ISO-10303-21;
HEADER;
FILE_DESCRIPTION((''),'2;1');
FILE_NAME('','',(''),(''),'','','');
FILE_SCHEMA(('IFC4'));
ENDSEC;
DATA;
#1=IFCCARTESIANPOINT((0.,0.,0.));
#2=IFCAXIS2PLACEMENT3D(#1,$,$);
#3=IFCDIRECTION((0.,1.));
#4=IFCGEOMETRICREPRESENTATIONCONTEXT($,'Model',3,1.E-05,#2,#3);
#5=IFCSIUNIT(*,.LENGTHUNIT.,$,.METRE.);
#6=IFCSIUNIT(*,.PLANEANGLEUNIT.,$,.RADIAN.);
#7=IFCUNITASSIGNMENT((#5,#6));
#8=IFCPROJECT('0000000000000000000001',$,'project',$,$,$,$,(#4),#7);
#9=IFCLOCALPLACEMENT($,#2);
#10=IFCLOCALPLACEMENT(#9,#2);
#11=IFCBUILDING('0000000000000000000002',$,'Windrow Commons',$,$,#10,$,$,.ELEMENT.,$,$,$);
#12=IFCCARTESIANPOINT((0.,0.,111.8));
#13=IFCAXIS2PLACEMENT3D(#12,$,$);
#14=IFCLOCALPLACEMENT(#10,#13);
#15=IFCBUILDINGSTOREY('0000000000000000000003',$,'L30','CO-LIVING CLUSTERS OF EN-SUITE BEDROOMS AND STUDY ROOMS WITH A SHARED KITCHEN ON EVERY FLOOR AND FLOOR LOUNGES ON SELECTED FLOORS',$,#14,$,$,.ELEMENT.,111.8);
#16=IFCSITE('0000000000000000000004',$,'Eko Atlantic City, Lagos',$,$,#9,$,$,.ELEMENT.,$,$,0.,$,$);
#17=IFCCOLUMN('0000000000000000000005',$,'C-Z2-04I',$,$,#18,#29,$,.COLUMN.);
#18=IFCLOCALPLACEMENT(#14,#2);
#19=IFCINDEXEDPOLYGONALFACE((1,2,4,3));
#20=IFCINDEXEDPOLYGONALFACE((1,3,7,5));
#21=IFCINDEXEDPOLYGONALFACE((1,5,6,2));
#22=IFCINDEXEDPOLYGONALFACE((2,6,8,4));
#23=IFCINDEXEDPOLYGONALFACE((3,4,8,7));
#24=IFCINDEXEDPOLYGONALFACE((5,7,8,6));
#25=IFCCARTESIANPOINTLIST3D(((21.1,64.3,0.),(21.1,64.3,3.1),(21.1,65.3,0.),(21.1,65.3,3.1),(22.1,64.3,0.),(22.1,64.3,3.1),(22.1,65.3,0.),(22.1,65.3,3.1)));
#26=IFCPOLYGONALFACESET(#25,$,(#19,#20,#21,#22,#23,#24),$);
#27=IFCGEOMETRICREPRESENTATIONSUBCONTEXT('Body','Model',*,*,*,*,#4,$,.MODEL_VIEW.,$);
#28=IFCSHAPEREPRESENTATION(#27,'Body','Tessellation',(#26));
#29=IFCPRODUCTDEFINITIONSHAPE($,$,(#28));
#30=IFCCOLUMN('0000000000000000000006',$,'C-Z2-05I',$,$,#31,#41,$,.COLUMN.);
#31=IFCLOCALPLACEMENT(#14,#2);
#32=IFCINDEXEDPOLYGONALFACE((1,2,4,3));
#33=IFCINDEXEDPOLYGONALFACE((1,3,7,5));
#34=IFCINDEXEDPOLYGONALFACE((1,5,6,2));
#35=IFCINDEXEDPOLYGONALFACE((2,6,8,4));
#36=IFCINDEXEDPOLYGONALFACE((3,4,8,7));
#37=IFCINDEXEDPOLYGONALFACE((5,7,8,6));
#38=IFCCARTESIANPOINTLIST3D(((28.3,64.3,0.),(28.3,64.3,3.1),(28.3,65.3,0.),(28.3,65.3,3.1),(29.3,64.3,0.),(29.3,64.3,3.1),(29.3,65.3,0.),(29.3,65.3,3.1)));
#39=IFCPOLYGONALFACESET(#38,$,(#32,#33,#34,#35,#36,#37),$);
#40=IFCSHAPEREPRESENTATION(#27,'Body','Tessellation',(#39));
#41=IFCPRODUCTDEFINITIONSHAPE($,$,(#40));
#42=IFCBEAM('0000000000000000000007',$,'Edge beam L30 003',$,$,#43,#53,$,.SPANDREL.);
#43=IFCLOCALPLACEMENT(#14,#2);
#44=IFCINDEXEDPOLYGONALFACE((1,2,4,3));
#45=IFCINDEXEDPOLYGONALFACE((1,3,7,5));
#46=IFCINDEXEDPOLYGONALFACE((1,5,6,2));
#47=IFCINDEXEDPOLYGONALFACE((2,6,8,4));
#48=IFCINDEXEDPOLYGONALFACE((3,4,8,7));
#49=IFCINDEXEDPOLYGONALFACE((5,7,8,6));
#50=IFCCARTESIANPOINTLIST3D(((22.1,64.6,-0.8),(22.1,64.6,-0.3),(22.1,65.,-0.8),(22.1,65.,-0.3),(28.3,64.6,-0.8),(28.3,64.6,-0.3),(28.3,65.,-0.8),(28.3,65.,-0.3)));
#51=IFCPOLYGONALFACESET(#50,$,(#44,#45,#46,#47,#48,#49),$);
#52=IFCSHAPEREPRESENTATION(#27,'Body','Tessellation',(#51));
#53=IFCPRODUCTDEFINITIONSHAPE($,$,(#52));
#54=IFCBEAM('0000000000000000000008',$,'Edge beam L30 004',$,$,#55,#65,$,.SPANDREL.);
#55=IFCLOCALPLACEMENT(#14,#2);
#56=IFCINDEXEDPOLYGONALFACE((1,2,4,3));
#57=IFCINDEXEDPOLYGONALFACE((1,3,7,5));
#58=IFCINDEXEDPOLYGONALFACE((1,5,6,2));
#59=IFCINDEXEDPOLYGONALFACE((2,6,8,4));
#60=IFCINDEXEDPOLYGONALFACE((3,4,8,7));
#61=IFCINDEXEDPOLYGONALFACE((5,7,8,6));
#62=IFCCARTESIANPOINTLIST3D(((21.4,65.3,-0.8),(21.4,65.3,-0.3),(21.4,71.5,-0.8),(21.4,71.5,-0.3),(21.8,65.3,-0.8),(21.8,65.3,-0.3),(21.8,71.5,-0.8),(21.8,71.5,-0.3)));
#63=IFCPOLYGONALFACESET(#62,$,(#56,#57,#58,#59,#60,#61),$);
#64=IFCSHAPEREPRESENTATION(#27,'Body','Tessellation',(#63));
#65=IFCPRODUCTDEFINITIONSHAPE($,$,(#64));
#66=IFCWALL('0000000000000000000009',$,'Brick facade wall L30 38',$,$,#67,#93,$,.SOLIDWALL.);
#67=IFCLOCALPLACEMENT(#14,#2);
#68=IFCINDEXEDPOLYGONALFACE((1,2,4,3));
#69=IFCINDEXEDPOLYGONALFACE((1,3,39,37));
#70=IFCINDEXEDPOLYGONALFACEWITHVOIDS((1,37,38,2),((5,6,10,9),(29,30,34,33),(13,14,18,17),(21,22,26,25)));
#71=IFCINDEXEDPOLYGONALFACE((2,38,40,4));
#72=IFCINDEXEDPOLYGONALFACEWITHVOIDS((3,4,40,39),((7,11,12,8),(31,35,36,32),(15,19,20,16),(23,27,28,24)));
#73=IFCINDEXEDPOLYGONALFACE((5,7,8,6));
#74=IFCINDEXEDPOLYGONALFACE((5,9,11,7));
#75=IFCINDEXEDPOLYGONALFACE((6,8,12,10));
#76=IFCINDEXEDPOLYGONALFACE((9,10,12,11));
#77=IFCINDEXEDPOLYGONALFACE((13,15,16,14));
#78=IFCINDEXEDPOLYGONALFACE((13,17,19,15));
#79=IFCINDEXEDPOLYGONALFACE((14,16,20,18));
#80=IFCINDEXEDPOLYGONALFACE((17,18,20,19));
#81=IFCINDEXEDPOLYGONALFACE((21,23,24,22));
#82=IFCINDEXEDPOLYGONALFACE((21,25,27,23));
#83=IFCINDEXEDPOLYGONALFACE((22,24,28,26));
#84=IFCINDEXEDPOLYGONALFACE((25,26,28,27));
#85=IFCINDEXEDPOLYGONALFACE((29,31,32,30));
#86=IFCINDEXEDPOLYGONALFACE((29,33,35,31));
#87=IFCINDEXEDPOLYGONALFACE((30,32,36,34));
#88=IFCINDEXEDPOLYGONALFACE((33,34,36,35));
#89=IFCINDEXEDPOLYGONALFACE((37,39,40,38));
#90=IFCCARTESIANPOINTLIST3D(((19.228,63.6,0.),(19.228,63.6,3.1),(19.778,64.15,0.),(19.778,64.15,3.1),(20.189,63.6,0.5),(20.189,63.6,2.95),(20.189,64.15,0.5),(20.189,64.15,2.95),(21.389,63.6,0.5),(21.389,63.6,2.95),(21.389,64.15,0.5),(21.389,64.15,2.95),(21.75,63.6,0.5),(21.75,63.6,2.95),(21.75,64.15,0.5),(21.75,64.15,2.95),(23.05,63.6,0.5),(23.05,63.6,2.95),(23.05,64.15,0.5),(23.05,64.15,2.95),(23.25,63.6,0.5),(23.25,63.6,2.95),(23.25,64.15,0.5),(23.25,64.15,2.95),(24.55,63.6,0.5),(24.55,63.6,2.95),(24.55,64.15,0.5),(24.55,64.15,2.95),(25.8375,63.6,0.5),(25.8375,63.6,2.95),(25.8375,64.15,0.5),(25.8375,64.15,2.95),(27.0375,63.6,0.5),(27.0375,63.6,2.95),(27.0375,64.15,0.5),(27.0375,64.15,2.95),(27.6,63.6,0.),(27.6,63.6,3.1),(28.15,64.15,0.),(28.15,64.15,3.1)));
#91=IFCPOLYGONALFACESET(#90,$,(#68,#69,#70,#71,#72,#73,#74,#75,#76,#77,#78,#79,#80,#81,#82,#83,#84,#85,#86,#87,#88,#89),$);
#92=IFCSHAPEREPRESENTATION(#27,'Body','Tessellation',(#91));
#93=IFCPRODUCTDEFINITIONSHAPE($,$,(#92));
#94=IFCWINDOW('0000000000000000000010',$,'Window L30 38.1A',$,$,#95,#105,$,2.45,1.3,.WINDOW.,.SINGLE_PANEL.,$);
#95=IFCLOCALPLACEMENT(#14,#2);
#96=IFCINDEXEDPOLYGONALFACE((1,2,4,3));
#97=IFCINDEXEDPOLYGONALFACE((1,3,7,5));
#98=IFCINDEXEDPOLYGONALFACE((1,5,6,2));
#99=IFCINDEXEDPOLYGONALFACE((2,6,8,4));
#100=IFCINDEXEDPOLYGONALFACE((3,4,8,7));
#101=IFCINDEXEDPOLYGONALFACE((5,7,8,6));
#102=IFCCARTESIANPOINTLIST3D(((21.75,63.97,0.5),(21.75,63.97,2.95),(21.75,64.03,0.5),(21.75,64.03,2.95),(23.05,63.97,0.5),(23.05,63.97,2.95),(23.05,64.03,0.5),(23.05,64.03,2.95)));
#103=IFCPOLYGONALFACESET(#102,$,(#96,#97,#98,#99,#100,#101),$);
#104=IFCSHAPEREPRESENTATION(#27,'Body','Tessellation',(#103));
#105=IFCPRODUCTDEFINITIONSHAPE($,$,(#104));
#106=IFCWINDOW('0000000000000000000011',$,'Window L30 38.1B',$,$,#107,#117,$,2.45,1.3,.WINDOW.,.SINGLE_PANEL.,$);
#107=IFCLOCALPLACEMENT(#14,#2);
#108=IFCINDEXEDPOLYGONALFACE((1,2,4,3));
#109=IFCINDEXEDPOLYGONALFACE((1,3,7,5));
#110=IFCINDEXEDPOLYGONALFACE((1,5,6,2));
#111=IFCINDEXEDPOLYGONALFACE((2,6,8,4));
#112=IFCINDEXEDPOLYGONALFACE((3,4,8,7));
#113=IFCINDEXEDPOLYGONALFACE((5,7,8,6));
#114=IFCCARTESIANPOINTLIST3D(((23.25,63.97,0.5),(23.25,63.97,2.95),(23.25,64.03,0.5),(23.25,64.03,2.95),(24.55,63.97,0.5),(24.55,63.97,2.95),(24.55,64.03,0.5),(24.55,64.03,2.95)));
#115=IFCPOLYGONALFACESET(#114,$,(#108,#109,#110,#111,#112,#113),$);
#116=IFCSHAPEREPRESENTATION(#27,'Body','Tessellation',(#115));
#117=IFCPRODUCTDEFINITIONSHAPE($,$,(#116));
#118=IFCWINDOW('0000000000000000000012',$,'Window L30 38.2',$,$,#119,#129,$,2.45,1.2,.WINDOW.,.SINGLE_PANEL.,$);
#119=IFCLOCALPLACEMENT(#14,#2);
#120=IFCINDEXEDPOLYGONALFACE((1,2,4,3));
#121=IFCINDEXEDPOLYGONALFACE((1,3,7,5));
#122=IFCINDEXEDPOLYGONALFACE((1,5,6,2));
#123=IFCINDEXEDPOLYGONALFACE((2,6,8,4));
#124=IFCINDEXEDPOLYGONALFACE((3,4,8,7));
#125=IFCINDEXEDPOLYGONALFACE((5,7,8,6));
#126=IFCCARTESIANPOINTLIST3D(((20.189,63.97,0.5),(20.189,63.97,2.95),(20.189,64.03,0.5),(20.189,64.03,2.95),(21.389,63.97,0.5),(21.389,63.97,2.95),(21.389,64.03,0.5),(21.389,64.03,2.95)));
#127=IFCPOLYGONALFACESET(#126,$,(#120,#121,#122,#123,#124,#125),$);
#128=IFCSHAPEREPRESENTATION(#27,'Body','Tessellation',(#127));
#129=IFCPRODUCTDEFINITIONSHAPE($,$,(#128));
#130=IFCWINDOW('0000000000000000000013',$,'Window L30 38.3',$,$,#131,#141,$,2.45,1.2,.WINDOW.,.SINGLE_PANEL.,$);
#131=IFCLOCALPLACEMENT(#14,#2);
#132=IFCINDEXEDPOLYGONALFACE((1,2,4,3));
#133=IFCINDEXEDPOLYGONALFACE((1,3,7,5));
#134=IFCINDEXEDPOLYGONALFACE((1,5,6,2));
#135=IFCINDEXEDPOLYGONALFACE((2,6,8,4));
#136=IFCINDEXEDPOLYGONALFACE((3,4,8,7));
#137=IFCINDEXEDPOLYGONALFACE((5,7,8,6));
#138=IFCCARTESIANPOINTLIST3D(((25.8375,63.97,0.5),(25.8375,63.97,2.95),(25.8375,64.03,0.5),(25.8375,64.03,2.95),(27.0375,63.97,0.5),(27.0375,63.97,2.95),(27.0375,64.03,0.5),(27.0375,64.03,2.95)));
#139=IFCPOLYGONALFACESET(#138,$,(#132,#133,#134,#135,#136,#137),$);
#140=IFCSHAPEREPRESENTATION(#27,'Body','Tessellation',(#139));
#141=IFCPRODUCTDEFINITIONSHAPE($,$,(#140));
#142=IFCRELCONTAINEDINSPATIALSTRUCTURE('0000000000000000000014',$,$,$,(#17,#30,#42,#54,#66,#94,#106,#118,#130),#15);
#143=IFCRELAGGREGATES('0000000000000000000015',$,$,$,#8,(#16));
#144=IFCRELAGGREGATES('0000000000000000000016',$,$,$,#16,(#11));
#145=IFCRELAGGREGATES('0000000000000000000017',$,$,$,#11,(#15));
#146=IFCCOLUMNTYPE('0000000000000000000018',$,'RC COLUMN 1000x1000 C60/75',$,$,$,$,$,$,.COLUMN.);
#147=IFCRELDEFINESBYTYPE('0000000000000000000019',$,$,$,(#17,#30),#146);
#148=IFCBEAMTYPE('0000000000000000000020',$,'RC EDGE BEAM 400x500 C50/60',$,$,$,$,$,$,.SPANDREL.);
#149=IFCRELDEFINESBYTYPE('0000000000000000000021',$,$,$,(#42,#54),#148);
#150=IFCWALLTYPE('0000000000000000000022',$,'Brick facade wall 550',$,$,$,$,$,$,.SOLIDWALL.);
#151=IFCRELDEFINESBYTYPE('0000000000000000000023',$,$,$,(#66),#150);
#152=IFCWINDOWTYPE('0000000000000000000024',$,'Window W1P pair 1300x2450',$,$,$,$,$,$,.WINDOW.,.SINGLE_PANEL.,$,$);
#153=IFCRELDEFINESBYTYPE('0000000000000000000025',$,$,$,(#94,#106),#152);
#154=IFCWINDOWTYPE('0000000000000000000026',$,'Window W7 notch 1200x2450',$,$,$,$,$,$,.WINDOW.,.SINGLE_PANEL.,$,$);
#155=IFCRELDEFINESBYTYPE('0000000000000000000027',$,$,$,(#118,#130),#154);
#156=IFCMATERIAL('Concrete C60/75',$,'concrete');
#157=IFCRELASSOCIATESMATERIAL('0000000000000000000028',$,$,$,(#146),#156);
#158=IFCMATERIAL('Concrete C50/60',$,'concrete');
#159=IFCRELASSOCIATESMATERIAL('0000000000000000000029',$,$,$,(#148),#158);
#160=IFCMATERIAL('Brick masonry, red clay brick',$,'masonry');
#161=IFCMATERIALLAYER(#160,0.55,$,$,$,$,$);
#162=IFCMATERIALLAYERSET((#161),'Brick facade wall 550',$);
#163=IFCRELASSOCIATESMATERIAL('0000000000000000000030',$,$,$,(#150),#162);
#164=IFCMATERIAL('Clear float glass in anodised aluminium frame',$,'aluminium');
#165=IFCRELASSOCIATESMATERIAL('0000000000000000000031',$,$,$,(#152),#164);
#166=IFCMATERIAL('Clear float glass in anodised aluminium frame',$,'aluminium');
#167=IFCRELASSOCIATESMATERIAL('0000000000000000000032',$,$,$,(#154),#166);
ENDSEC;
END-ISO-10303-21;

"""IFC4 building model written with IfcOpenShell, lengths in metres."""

from ifc_helpers import new_model, si_unit, direction, frame, frame_2d, origin, origin_2d, place, context, subcontext, project, spatial, polyline, rectangle, outline, extrude, material, layer, layer_set, material_profile, profile_set, type_object, element, fill, save


model = new_model("IFC4")

# Units and contexts
model_context = context("Model", 3, precision=1e-05, world=origin(), true_north=direction((0.0, 1.0)))
body_context = subcontext(model_context, "Body", "Model", "MODEL_VIEW")
ifc_project = project(units=[si_unit("LENGTHUNIT", "METRE"), si_unit("PLANEANGLEUNIT", "RADIAN")], contexts=[model_context])

# Site, building, storey
site_placement = place(None, origin())
site = spatial("IfcSite", under=ifc_project, at=site_placement, Name="Eko Atlantic City, Lagos", CompositionType="ELEMENT", RefElevation=0.0)
building_placement = place(site_placement, origin())
building = spatial("IfcBuilding", under=site, at=building_placement, Name="Windrow Commons", CompositionType="ELEMENT")
storey_placement = place(building_placement, frame((0.0, 0.0, 111.8)))
storey = spatial("IfcBuildingStorey", under=building, at=storey_placement, Name="L30", Description="CO-LIVING CLUSTERS OF EN-SUITE BEDROOMS AND STUDY ROOMS WITH A SHARED KITCHEN ON EVERY FLOOR AND FLOOR LOUNGES ON SELECTED FLOORS", CompositionType="ELEMENT", Elevation=111.8)

# Columns
ifc_material_1 = material(Name="Concrete C60/75", Category="concrete")
ifc_material_profile_1 = material_profile(ifc_material_1, rectangle(XDim=1.0, YDim=1.0, at=origin_2d()))
ifc_profile_set_1 = profile_set([ifc_material_profile_1], Name="Concrete C60/75")
column_type = type_object("IfcColumnType", Name="RC COLUMN 1000x1000 C60/75", PredefinedType="COLUMN", material=ifc_profile_set_1)
for number, where, z_axis, x_axis, name in (
    (1, (21.6, 64.8, 0.0), (0.0, 0.0, 1.0), (1.0, 0.0, 0.0), "C-Z2-04I"),
    (2, (28.8, 64.8, 0.0), (0.0, 0.0, 1.0), (1.0, 0.0, 0.0), "C-Z2-05I"),
):
    element("IfcColumn", number, at=place(storey_placement, frame(where, z_axis=z_axis, x_axis=x_axis)), inside=storey, type_object=column_type, Name=name, PredefinedType="COLUMN", context=body_context, shape_type="SweptSolid", body=[
        extrude(rectangle(XDim=1.0, YDim=1.0, at=origin_2d()), origin(), (0.0, 0.0, 1.0), 3.1),
    ])

# Beams
ifc_material_2 = material(Name="Concrete C50/60", Category="concrete")
ifc_material_profile_2 = material_profile(ifc_material_2, rectangle(XDim=0.4, YDim=0.5, at=origin_2d()))
ifc_profile_set_2 = profile_set([ifc_material_profile_2], Name="Concrete C50/60")
beam_type = type_object("IfcBeamType", Name="RC EDGE BEAM 400x500 C50/60", PredefinedType="SPANDREL", material=ifc_profile_set_2)
for number, where, z_axis, x_axis, name in (
    (3, (28.3, 64.8, -0.55), (-1.0, 0.0, 0.0), (0.0, -1.0, 0.0), "Edge beam L30 003"),
    (4, (21.6, 65.3, -0.55), (0.0, 1.0, 0.0), (-1.0, 0.0, 0.0), "Edge beam L30 004"),
):
    element("IfcBeam", number, at=place(storey_placement, frame(where, z_axis=z_axis, x_axis=x_axis)), inside=storey, type_object=beam_type, Name=name, PredefinedType="SPANDREL", context=body_context, shape_type="SweptSolid", body=[
        extrude(rectangle(XDim=0.4, YDim=0.5, at=origin_2d()), origin(), (0.0, 0.0, 1.0), 6.2),
    ])

# Wall, openings, windows
ifc_material_3 = material(Name="Brick masonry, red clay brick", Category="masonry")
ifc_layer_1 = layer(ifc_material_3, 0.55)
ifc_layer_set_1 = layer_set([ifc_layer_1], Name="Brick facade wall 550")
wall_type_1 = type_object("IfcWallType", Name="Brick facade wall 550", PredefinedType="SOLIDWALL", material=ifc_layer_set_1)
wall_1_placement = place(storey_placement, frame((19.503, 63.875, 0.0), z_axis=(0.0, 0.0, 1.0), x_axis=(1.0, 0.0, 0.0)))
wall_1 = element("IfcWall", 5, at=wall_1_placement, inside=storey, type_object=wall_type_1, Name="Brick facade wall L30 38", PredefinedType="SOLIDWALL", context=body_context, shape_type="SweptSolid", body=[
    extrude(outline(polyline([(-0.275, -0.275), (8.097, -0.275), (8.647, 0.275), (0.275, 0.275), (-0.275, -0.275)])), origin(), (0.0, 0.0, 1.0), 3.1),
])
opening_1_placement = place(wall_1_placement, frame((2.247, 0.0, 0.5)))
opening_1 = element("IfcOpeningElement", 6, at=opening_1_placement, cuts=wall_1, PredefinedType="OPENING", context=body_context, shape_type="SweptSolid", body=[
    extrude(rectangle(XDim=1.3, YDim=2.45, at=frame_2d((0.65, 1.225))), frame((0.0, 0.285, 0.0), z_axis=(0.0, -1.0, 0.0), x_axis=(1.0, 0.0, 0.0)), (0.0, 0.0, 1.0), 0.57),
])
opening_2_placement = place(wall_1_placement, frame((3.747, 0.0, 0.5)))
opening_2 = element("IfcOpeningElement", 7, at=opening_2_placement, cuts=wall_1, PredefinedType="OPENING", context=body_context, shape_type="SweptSolid", body=[
    extrude(rectangle(XDim=1.3, YDim=2.45, at=frame_2d((0.65, 1.225))), frame((0.0, 0.285, 0.0), z_axis=(0.0, -1.0, 0.0), x_axis=(1.0, 0.0, 0.0)), (0.0, 0.0, 1.0), 0.57),
])
opening_3_placement = place(wall_1_placement, frame((0.686, 0.0, 0.5)))
opening_3 = element("IfcOpeningElement", 8, at=opening_3_placement, cuts=wall_1, PredefinedType="OPENING", context=body_context, shape_type="SweptSolid", body=[
    extrude(rectangle(XDim=1.2, YDim=2.45, at=frame_2d((0.6, 1.225))), frame((0.0, 0.285, 0.0), z_axis=(0.0, -1.0, 0.0), x_axis=(1.0, 0.0, 0.0)), (0.0, 0.0, 1.0), 0.57),
])
opening_4_placement = place(wall_1_placement, frame((6.3345, 0.0, 0.5)))
opening_4 = element("IfcOpeningElement", 9, at=opening_4_placement, cuts=wall_1, PredefinedType="OPENING", context=body_context, shape_type="SweptSolid", body=[
    extrude(rectangle(XDim=1.2, YDim=2.45, at=frame_2d((0.6, 1.225))), frame((0.0, 0.285, 0.0), z_axis=(0.0, -1.0, 0.0), x_axis=(1.0, 0.0, 0.0)), (0.0, 0.0, 1.0), 0.57),
])
ifc_material_4 = material(Name="Clear float glass in anodised aluminium frame", Category="aluminium")
window_type_1 = type_object("IfcWindowType", Name="Window W1P pair 1300x2450", PartitioningType="SINGLE_PANEL", PredefinedType="WINDOW", material=ifc_material_4)
window_1_placement = place(opening_1_placement, origin())
window_1 = element("IfcWindow", 10, at=window_1_placement, inside=storey, type_object=window_type_1, Name="Window L30 38.1A", OverallHeight=2.45, OverallWidth=1.3, PartitioningType="SINGLE_PANEL", PredefinedType="WINDOW", context=body_context, shape_type="SweptSolid", body=[
    extrude(rectangle(XDim=1.3, YDim=2.45, at=frame_2d((0.65, 1.225))), frame((0.0, 0.155, 0.0), z_axis=(0.0, -1.0, 0.0), x_axis=(1.0, 0.0, 0.0)), (0.0, 0.0, 1.0), 0.06),
])
fill(opening_1, window_1)
window_2_placement = place(opening_2_placement, origin())
window_2 = element("IfcWindow", 11, at=window_2_placement, inside=storey, type_object=window_type_1, Name="Window L30 38.1B", OverallHeight=2.45, OverallWidth=1.3, PartitioningType="SINGLE_PANEL", PredefinedType="WINDOW", context=body_context, shape_type="SweptSolid", body=[
    extrude(rectangle(XDim=1.3, YDim=2.45, at=frame_2d((0.65, 1.225))), frame((0.0, 0.155, 0.0), z_axis=(0.0, -1.0, 0.0), x_axis=(1.0, 0.0, 0.0)), (0.0, 0.0, 1.0), 0.06),
])
fill(opening_2, window_2)
ifc_material_5 = material(Name="Clear float glass in anodised aluminium frame", Category="aluminium")
window_type_2 = type_object("IfcWindowType", Name="Window W7 notch 1200x2450", PartitioningType="SINGLE_PANEL", PredefinedType="WINDOW", material=ifc_material_5)
window_3_placement = place(opening_3_placement, origin())
window_3 = element("IfcWindow", 12, at=window_3_placement, inside=storey, type_object=window_type_2, Name="Window L30 38.2", OverallHeight=2.45, OverallWidth=1.2, PartitioningType="SINGLE_PANEL", PredefinedType="WINDOW", context=body_context, shape_type="SweptSolid", body=[
    extrude(rectangle(XDim=1.2, YDim=2.45, at=frame_2d((0.6, 1.225))), frame((0.0, 0.155, 0.0), z_axis=(0.0, -1.0, 0.0), x_axis=(1.0, 0.0, 0.0)), (0.0, 0.0, 1.0), 0.06),
])
fill(opening_3, window_3)
window_4_placement = place(opening_4_placement, origin())
window_4 = element("IfcWindow", 13, at=window_4_placement, inside=storey, type_object=window_type_2, Name="Window L30 38.3", OverallHeight=2.45, OverallWidth=1.2, PartitioningType="SINGLE_PANEL", PredefinedType="WINDOW", context=body_context, shape_type="SweptSolid", body=[
    extrude(rectangle(XDim=1.2, YDim=2.45, at=frame_2d((0.6, 1.225))), frame((0.0, 0.155, 0.0), z_axis=(0.0, -1.0, 0.0), x_axis=(1.0, 0.0, 0.0)), (0.0, 0.0, 1.0), 0.06),
])
fill(opening_4, window_4)

save(model, "model.ifc")
